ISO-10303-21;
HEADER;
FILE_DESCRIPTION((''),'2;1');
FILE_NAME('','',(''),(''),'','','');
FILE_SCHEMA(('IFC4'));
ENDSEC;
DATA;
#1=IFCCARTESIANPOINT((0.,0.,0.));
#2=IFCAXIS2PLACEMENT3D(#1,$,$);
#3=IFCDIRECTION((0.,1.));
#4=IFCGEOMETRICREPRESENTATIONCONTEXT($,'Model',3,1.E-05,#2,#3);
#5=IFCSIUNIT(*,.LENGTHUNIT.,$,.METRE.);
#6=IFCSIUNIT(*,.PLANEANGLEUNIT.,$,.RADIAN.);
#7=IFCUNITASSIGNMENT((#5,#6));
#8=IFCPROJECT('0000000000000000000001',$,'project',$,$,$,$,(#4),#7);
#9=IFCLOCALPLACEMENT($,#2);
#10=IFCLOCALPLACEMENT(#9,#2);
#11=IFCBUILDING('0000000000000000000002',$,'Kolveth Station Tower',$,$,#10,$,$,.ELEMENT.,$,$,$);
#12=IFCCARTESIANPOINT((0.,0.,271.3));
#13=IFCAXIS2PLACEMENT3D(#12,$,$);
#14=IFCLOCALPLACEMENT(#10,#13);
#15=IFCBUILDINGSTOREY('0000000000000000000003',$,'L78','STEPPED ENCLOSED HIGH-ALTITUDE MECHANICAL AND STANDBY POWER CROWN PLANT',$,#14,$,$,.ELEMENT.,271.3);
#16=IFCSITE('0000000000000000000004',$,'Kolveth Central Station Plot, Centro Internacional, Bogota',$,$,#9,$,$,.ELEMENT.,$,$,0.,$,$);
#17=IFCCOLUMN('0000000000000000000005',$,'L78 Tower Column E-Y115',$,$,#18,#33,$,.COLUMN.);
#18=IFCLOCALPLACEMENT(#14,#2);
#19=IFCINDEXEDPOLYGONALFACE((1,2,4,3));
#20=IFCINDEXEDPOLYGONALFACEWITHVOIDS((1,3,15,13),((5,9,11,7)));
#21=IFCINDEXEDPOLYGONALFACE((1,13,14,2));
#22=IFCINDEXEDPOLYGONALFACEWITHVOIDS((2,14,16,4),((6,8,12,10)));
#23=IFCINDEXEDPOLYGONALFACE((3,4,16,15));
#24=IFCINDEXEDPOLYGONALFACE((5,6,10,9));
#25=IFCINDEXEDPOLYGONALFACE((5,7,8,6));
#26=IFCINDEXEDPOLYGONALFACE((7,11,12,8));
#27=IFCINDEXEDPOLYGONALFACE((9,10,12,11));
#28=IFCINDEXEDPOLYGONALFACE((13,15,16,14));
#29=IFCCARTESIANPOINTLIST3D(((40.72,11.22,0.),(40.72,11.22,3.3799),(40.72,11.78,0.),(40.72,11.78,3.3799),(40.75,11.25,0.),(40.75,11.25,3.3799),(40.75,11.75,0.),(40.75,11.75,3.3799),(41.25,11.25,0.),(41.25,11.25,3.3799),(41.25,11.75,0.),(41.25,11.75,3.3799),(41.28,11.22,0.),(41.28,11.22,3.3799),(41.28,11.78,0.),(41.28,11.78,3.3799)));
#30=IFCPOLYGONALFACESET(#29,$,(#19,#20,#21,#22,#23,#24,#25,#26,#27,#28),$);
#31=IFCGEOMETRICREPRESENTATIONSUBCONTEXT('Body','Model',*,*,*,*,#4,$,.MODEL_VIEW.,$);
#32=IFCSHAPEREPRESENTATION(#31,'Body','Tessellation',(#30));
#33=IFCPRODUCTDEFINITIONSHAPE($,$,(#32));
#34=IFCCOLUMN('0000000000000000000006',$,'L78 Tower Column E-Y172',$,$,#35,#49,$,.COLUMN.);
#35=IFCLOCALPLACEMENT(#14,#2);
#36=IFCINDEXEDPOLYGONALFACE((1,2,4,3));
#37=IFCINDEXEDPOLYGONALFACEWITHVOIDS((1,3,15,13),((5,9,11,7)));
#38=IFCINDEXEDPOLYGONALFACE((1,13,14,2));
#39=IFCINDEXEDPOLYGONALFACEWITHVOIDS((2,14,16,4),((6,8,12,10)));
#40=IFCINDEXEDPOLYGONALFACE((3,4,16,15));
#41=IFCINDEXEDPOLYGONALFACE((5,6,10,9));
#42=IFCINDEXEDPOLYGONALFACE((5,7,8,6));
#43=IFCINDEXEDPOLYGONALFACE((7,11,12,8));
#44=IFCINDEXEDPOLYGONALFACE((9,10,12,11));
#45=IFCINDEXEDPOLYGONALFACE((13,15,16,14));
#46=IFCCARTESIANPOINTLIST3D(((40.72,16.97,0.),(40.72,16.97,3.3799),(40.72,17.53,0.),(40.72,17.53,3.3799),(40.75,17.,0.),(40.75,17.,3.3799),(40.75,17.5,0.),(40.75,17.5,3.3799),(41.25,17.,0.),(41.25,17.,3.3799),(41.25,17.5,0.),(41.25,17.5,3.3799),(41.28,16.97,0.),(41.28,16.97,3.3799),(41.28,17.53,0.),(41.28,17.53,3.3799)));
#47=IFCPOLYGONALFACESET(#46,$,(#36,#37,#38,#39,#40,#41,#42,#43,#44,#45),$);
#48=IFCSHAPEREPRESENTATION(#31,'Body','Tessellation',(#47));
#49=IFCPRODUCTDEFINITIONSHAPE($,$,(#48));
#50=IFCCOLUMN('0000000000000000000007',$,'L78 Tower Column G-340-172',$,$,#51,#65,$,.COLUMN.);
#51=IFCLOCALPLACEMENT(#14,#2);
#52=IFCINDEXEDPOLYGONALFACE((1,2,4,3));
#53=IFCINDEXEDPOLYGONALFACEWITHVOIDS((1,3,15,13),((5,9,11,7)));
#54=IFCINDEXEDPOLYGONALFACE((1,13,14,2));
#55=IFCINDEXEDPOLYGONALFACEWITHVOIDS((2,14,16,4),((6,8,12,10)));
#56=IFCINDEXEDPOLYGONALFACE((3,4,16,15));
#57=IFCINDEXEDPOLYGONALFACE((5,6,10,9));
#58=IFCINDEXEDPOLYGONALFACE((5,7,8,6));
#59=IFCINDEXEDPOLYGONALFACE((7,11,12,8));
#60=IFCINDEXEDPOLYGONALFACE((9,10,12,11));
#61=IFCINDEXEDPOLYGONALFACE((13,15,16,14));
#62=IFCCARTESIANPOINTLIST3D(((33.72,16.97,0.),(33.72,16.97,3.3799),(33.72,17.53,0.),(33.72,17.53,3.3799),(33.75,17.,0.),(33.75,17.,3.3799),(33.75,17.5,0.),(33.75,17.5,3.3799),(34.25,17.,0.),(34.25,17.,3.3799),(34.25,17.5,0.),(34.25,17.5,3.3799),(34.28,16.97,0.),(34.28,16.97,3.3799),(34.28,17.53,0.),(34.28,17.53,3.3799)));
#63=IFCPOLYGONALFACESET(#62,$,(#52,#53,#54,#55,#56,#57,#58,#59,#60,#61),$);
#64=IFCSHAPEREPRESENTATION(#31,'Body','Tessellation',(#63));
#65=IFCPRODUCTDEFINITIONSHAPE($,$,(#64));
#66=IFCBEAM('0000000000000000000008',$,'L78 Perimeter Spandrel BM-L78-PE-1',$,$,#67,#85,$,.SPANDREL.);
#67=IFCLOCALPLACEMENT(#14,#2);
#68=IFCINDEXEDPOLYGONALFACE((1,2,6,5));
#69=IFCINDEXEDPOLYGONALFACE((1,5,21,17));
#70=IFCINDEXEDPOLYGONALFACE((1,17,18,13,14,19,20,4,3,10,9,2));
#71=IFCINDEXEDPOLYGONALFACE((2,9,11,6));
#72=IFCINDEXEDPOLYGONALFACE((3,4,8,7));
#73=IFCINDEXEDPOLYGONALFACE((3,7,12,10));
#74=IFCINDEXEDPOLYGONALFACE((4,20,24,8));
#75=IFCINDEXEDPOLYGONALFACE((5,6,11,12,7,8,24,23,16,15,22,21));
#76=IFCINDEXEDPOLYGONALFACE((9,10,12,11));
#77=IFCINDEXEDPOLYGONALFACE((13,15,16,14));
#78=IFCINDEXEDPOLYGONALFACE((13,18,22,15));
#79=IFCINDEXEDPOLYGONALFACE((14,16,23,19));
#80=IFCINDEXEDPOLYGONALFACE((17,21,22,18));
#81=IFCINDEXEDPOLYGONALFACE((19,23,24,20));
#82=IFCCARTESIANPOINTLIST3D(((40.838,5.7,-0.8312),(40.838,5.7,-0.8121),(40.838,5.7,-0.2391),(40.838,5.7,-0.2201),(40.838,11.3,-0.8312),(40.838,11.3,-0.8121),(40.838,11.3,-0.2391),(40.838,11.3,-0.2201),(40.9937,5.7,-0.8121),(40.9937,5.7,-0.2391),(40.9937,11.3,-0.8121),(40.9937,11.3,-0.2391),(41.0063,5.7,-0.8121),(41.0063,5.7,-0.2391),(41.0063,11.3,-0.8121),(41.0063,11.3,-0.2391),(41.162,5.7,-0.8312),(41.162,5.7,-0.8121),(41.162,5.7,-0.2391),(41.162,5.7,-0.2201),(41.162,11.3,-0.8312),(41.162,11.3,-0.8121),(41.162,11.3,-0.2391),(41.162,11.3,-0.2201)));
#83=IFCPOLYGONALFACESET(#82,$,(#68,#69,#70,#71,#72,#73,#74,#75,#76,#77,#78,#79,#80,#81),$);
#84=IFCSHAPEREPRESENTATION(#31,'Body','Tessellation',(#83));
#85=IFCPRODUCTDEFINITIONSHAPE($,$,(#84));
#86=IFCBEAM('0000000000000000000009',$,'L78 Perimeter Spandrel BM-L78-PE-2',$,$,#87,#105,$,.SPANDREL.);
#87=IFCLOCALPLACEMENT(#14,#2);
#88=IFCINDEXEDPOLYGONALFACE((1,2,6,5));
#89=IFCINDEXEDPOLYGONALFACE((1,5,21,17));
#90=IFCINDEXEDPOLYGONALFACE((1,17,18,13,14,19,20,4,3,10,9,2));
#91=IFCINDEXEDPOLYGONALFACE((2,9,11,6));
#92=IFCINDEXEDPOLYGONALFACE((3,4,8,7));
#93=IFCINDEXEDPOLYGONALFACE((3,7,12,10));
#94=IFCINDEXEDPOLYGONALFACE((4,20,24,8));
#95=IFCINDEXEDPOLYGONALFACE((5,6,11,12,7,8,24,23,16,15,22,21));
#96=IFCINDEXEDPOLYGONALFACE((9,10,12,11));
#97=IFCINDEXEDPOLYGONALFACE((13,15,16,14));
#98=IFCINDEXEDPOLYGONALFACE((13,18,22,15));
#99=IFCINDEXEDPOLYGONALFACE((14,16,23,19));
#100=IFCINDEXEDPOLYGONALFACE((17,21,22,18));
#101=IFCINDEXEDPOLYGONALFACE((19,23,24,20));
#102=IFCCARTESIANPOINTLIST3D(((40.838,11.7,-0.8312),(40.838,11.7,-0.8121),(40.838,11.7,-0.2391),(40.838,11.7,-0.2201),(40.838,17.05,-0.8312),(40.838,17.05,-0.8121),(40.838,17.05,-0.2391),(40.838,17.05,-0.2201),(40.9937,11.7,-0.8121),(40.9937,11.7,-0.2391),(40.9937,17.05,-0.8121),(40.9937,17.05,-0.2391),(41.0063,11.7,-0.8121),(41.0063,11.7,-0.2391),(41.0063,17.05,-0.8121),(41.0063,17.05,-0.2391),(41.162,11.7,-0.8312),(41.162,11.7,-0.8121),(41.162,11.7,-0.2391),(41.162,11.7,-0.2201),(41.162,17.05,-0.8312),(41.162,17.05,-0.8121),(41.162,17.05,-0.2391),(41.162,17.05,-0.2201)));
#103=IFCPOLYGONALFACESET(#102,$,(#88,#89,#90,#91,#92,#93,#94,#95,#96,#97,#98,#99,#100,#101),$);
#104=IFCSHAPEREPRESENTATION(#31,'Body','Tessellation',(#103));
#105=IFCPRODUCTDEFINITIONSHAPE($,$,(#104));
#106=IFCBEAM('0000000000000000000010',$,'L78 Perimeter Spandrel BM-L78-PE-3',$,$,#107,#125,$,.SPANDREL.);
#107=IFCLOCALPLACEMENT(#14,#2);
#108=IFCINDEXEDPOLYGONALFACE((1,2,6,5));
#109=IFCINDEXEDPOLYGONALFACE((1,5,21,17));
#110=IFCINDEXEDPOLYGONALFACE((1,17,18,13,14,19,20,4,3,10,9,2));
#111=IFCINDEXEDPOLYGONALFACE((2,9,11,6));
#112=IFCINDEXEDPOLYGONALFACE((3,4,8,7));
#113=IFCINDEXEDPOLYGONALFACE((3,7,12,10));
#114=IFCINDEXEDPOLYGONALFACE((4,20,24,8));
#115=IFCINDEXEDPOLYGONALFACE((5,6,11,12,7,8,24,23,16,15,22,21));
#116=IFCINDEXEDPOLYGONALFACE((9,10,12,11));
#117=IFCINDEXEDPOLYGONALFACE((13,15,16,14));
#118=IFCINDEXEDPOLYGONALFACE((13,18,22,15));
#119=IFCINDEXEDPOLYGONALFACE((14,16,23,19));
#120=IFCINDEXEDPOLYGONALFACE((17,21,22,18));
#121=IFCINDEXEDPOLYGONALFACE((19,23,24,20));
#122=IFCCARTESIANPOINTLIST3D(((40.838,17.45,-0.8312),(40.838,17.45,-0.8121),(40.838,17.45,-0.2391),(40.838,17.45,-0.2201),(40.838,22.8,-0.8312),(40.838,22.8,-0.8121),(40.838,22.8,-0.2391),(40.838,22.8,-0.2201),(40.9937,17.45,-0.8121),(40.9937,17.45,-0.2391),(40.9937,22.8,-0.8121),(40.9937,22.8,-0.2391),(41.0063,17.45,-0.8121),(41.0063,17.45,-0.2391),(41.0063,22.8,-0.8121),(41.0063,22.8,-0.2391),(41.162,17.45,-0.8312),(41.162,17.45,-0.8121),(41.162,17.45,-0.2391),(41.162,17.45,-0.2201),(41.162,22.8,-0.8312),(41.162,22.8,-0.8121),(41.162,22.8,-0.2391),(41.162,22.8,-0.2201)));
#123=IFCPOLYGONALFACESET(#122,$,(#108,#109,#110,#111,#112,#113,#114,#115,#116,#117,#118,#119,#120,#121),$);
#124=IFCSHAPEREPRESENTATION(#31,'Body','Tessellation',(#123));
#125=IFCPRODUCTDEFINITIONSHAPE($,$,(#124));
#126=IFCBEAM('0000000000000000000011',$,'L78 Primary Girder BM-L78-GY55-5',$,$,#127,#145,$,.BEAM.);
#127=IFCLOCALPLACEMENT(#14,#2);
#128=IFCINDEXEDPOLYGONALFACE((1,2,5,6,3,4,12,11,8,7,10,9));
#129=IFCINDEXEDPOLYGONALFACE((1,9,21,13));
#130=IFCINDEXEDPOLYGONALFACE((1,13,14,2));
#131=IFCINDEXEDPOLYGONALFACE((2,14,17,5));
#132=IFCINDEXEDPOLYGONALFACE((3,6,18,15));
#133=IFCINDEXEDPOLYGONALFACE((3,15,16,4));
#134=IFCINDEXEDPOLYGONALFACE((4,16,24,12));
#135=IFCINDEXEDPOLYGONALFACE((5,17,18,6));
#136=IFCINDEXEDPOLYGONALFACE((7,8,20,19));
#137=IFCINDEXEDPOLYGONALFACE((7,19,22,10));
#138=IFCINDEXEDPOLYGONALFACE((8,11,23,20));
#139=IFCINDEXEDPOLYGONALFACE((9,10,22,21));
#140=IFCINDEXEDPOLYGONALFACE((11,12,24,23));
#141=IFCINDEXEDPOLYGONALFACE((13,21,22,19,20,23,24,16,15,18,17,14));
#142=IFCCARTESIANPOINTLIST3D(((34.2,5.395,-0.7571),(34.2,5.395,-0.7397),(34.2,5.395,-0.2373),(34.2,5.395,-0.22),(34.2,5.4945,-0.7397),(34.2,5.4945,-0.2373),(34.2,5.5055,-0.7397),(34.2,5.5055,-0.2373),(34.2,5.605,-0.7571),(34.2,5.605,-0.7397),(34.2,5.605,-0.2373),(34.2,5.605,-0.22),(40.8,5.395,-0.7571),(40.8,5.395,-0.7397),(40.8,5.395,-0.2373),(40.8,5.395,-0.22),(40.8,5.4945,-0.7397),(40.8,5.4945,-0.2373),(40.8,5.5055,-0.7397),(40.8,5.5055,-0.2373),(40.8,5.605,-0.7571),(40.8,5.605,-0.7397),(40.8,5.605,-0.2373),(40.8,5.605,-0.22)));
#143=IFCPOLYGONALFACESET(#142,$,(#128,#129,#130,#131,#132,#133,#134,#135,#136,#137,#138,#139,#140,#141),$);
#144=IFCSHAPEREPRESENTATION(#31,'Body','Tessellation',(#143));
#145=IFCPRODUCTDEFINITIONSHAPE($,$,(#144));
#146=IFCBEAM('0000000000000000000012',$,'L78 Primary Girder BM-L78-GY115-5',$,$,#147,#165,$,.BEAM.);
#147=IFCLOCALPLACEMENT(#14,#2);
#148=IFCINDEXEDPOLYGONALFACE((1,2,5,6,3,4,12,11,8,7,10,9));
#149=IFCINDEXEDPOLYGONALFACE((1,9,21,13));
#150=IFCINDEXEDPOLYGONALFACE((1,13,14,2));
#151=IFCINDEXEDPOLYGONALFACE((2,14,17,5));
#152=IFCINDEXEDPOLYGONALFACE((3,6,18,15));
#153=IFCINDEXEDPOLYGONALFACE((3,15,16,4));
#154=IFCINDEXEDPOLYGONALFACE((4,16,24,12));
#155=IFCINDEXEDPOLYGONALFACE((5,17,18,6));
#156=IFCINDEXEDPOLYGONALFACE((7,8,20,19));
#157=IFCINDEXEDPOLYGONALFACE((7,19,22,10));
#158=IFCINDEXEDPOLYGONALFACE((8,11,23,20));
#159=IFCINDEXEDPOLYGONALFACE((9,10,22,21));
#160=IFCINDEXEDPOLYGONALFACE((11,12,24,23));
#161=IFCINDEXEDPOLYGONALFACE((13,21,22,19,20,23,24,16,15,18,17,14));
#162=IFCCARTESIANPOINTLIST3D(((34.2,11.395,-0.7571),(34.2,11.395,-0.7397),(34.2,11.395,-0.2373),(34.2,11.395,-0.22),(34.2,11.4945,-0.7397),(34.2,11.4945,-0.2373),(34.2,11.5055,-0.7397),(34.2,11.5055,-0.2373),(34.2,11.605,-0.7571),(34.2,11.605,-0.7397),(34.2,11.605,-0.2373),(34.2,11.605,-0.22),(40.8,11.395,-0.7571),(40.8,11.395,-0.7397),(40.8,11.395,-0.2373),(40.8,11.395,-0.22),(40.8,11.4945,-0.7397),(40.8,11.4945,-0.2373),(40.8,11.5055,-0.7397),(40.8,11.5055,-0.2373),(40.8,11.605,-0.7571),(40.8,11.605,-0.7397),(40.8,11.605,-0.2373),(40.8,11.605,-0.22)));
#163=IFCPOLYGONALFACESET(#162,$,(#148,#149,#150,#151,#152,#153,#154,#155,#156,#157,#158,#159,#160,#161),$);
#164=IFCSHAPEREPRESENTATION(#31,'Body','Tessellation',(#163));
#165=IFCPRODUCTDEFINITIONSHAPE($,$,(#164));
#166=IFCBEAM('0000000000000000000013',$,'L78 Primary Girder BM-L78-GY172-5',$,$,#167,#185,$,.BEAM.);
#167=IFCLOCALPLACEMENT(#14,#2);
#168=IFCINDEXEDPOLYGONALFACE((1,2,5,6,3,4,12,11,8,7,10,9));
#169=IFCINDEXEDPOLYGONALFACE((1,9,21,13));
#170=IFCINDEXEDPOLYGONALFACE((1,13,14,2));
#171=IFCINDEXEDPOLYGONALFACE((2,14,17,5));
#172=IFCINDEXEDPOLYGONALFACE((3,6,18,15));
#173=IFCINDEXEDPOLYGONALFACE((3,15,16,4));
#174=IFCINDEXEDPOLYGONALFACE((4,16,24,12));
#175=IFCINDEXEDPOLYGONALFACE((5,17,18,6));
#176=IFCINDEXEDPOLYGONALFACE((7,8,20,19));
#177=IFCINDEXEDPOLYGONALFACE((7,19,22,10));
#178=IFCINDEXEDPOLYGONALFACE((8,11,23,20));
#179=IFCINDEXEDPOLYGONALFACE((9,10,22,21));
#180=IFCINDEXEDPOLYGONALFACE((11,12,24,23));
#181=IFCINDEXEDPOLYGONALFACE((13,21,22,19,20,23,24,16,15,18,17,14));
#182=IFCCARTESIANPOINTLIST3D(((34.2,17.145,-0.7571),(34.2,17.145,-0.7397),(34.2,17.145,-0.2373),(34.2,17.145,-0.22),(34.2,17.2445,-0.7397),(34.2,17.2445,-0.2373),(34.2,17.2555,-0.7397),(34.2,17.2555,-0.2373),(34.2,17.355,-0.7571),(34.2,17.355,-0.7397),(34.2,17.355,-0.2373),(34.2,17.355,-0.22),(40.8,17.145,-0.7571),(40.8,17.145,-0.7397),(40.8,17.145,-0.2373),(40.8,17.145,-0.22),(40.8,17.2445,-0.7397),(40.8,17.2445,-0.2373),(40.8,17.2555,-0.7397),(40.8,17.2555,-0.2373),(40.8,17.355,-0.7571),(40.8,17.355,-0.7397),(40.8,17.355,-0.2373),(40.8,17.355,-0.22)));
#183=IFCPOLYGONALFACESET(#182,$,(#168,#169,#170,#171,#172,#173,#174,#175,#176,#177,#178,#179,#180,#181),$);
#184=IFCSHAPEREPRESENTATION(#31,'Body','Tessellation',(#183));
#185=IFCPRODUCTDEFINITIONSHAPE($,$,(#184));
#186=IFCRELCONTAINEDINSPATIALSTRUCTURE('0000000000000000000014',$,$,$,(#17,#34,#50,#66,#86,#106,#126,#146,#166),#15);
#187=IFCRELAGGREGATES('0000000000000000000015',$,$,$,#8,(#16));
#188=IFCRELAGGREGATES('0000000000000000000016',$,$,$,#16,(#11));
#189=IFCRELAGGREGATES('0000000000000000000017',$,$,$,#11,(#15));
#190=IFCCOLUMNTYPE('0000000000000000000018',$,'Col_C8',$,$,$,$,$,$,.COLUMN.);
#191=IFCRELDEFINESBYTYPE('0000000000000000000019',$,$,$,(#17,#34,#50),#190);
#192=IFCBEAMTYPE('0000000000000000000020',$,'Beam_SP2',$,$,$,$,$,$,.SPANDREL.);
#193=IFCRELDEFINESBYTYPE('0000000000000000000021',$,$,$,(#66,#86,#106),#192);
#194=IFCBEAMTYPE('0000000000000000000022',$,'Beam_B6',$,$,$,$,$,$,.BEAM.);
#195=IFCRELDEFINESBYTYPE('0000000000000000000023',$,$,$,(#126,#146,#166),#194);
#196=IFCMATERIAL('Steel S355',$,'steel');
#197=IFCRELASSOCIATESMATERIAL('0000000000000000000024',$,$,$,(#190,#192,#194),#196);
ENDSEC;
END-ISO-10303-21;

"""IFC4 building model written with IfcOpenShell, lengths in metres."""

from ifc_helpers import new_model, si_unit, direction, frame, origin, origin_2d, place, context, subcontext, project, spatial, hollow_rectangle, i_section, extrude, source, transform, mapped, material, material_profile, profile_set, type_object, element, save


model = new_model("IFC4")

# Units and contexts
model_context = context("Model", 3, precision=1e-05, world=origin(), true_north=direction((0.0, 1.0)))
body_context = subcontext(model_context, "Body", "Model", "MODEL_VIEW")
ifc_project = project(units=[si_unit("LENGTHUNIT", "METRE"), si_unit("PLANEANGLEUNIT", "RADIAN")], contexts=[model_context])

# Site, building, storey
site_placement = place(None, origin())
site = spatial("IfcSite", under=ifc_project, at=site_placement, Name="Kolveth Central Station Plot, Centro Internacional, Bogota", CompositionType="ELEMENT", RefElevation=0.0)
building_placement = place(site_placement, origin())
building = spatial("IfcBuilding", under=site, at=building_placement, Name="Kolveth Station Tower", CompositionType="ELEMENT")
storey_placement = place(building_placement, frame((0.0, 0.0, 271.3)))
storey = spatial("IfcBuildingStorey", under=building, at=storey_placement, Name="L78", Description="STEPPED ENCLOSED HIGH-ALTITUDE MECHANICAL AND STANDBY POWER CROWN PLANT", CompositionType="ELEMENT", Elevation=271.3)

# Columns
ifc_material_1 = material(Name="Steel S355", Category="steel")
ifc_material_profile_1 = material_profile(ifc_material_1, hollow_rectangle(XDim=0.5601, YDim=0.5601, WallThickness=0.03, at=origin_2d()), Name="BOX560x560x30")
ifc_profile_set_1 = profile_set([ifc_material_profile_1], Name="Steel S355")
column_type = type_object("IfcColumnType", Name="Col_C8", PredefinedType="COLUMN", material=ifc_profile_set_1)
shared_shape_1 = source(origin(), body_context, "Body", "SweptSolid", [
    extrude(hollow_rectangle(XDim=0.5601, YDim=0.5601, WallThickness=0.03, at=origin_2d()), origin(), (0.0, 0.0, 1.0), 3.3799),
])
for number, where, z_axis, x_axis, name in (
    (1, (41.0, 11.5, 0.0), (0.0, 0.0, 1.0), (1.0, 0.0, 0.0), "L78 Tower Column E-Y115"),
    (2, (41.0, 17.25, 0.0), (0.0, 0.0, 1.0), (1.0, 0.0, 0.0), "L78 Tower Column E-Y172"),
    (3, (34.0, 17.25, 0.0), (0.0, 0.0, 1.0), (1.0, 0.0, 0.0), "L78 Tower Column G-340-172"),
):
    element("IfcColumn", number, at=place(storey_placement, frame(where, z_axis=z_axis, x_axis=x_axis)), inside=storey, type_object=column_type, Name=name, PredefinedType="COLUMN", context=body_context, shape_type="MappedRepresentation", body=[
        mapped(shared_shape_1, transform((0.0, 0.0, 0.0), x_axis=(1.0, 0.0, 0.0), y_axis=(0.0, 1.0, 0.0), z_axis=(0.0, 0.0, 1.0), scale=1.0)),
    ])

# Beams
ifc_material_profile_2 = material_profile(ifc_material_1, i_section(OverallWidth=0.324, OverallDepth=0.6111, WebThickness=0.0127, FlangeThickness=0.019, at=origin_2d()), Name="W610x155")
ifc_profile_set_2 = profile_set([ifc_material_profile_2], Name="Steel S355")
beam_type_1 = type_object("IfcBeamType", Name="Beam_SP2", PredefinedType="SPANDREL", material=ifc_profile_set_2)
shared_shape_2 = source(origin(), body_context, "Body", "SweptSolid", [
    extrude(i_section(OverallWidth=0.324, OverallDepth=0.6111, WebThickness=0.0127, FlangeThickness=0.019, at=origin_2d()), origin(), (0.0, 0.0, 1.0), 5.6001),
])
beam_placement = place(storey_placement, frame((41.0, 5.7, -0.5256), z_axis=(0.0, 1.0, 0.0), x_axis=(-1.0, 0.0, 0.0)))
element("IfcBeam", 4, at=beam_placement, inside=storey, type_object=beam_type_1, Name="L78 Perimeter Spandrel BM-L78-PE-1", PredefinedType="SPANDREL", context=body_context, shape_type="MappedRepresentation", body=[
    mapped(shared_shape_2, transform((0.0, 0.0, 0.0), x_axis=(1.0, 0.0, 0.0), y_axis=(0.0, 1.0, 0.0), z_axis=(0.0, 0.0, 1.0), scale=1.0)),
])
shared_shape_3 = source(origin(), body_context, "Body", "SweptSolid", [
    extrude(i_section(OverallWidth=0.324, OverallDepth=0.6111, WebThickness=0.0127, FlangeThickness=0.019, at=origin_2d()), origin(), (0.0, 0.0, 1.0), 5.3501),
])
for number, where, z_axis, x_axis, name in (
    (5, (41.0, 11.7, -0.5256), (0.0, 1.0, 0.0), (-1.0, 0.0, 0.0), "L78 Perimeter Spandrel BM-L78-PE-2"),
    (6, (41.0, 17.45, -0.5256), (0.0, 1.0, 0.0), (-1.0, 0.0, 0.0), "L78 Perimeter Spandrel BM-L78-PE-3"),
):
    element("IfcBeam", number, at=place(storey_placement, frame(where, z_axis=z_axis, x_axis=x_axis)), inside=storey, type_object=beam_type_1, Name=name, PredefinedType="SPANDREL", context=body_context, shape_type="MappedRepresentation", body=[
        mapped(shared_shape_3, transform((0.0, 0.0, 0.0), x_axis=(1.0, 0.0, 0.0), y_axis=(0.0, 1.0, 0.0), z_axis=(0.0, 0.0, 1.0), scale=1.0)),
    ])
ifc_material_profile_3 = material_profile(ifc_material_1, i_section(OverallWidth=0.21, OverallDepth=0.5371, WebThickness=0.011, FlangeThickness=0.0173, at=origin_2d()), Name="W530x101")
ifc_profile_set_3 = profile_set([ifc_material_profile_3], Name="Steel S355")
beam_type_2 = type_object("IfcBeamType", Name="Beam_B6", PredefinedType="BEAM", material=ifc_profile_set_3)
shared_shape_4 = source(origin(), body_context, "Body", "SweptSolid", [
    extrude(i_section(OverallWidth=0.21, OverallDepth=0.5371, WebThickness=0.011, FlangeThickness=0.0173, at=origin_2d()), origin(), (0.0, 0.0, 1.0), 6.6001),
])
for number, where, z_axis, x_axis, name in (
    (7, (34.2, 5.5, -0.4885), (1.0, 0.0, 0.0), (0.0, 1.0, 0.0), "L78 Primary Girder BM-L78-GY55-5"),
    (8, (34.2, 11.5, -0.4885), (1.0, 0.0, 0.0), (0.0, 1.0, 0.0), "L78 Primary Girder BM-L78-GY115-5"),
    (9, (34.2, 17.25, -0.4885), (1.0, 0.0, 0.0), (0.0, 1.0, 0.0), "L78 Primary Girder BM-L78-GY172-5"),
):
    element("IfcBeam", number, at=place(storey_placement, frame(where, z_axis=z_axis, x_axis=x_axis)), inside=storey, type_object=beam_type_2, Name=name, PredefinedType="BEAM", context=body_context, shape_type="MappedRepresentation", body=[
        mapped(shared_shape_4, transform((0.0, 0.0, 0.0), x_axis=(1.0, 0.0, 0.0), y_axis=(0.0, 1.0, 0.0), z_axis=(0.0, 0.0, 1.0), scale=1.0)),
    ])

save(model, "model.ifc")
